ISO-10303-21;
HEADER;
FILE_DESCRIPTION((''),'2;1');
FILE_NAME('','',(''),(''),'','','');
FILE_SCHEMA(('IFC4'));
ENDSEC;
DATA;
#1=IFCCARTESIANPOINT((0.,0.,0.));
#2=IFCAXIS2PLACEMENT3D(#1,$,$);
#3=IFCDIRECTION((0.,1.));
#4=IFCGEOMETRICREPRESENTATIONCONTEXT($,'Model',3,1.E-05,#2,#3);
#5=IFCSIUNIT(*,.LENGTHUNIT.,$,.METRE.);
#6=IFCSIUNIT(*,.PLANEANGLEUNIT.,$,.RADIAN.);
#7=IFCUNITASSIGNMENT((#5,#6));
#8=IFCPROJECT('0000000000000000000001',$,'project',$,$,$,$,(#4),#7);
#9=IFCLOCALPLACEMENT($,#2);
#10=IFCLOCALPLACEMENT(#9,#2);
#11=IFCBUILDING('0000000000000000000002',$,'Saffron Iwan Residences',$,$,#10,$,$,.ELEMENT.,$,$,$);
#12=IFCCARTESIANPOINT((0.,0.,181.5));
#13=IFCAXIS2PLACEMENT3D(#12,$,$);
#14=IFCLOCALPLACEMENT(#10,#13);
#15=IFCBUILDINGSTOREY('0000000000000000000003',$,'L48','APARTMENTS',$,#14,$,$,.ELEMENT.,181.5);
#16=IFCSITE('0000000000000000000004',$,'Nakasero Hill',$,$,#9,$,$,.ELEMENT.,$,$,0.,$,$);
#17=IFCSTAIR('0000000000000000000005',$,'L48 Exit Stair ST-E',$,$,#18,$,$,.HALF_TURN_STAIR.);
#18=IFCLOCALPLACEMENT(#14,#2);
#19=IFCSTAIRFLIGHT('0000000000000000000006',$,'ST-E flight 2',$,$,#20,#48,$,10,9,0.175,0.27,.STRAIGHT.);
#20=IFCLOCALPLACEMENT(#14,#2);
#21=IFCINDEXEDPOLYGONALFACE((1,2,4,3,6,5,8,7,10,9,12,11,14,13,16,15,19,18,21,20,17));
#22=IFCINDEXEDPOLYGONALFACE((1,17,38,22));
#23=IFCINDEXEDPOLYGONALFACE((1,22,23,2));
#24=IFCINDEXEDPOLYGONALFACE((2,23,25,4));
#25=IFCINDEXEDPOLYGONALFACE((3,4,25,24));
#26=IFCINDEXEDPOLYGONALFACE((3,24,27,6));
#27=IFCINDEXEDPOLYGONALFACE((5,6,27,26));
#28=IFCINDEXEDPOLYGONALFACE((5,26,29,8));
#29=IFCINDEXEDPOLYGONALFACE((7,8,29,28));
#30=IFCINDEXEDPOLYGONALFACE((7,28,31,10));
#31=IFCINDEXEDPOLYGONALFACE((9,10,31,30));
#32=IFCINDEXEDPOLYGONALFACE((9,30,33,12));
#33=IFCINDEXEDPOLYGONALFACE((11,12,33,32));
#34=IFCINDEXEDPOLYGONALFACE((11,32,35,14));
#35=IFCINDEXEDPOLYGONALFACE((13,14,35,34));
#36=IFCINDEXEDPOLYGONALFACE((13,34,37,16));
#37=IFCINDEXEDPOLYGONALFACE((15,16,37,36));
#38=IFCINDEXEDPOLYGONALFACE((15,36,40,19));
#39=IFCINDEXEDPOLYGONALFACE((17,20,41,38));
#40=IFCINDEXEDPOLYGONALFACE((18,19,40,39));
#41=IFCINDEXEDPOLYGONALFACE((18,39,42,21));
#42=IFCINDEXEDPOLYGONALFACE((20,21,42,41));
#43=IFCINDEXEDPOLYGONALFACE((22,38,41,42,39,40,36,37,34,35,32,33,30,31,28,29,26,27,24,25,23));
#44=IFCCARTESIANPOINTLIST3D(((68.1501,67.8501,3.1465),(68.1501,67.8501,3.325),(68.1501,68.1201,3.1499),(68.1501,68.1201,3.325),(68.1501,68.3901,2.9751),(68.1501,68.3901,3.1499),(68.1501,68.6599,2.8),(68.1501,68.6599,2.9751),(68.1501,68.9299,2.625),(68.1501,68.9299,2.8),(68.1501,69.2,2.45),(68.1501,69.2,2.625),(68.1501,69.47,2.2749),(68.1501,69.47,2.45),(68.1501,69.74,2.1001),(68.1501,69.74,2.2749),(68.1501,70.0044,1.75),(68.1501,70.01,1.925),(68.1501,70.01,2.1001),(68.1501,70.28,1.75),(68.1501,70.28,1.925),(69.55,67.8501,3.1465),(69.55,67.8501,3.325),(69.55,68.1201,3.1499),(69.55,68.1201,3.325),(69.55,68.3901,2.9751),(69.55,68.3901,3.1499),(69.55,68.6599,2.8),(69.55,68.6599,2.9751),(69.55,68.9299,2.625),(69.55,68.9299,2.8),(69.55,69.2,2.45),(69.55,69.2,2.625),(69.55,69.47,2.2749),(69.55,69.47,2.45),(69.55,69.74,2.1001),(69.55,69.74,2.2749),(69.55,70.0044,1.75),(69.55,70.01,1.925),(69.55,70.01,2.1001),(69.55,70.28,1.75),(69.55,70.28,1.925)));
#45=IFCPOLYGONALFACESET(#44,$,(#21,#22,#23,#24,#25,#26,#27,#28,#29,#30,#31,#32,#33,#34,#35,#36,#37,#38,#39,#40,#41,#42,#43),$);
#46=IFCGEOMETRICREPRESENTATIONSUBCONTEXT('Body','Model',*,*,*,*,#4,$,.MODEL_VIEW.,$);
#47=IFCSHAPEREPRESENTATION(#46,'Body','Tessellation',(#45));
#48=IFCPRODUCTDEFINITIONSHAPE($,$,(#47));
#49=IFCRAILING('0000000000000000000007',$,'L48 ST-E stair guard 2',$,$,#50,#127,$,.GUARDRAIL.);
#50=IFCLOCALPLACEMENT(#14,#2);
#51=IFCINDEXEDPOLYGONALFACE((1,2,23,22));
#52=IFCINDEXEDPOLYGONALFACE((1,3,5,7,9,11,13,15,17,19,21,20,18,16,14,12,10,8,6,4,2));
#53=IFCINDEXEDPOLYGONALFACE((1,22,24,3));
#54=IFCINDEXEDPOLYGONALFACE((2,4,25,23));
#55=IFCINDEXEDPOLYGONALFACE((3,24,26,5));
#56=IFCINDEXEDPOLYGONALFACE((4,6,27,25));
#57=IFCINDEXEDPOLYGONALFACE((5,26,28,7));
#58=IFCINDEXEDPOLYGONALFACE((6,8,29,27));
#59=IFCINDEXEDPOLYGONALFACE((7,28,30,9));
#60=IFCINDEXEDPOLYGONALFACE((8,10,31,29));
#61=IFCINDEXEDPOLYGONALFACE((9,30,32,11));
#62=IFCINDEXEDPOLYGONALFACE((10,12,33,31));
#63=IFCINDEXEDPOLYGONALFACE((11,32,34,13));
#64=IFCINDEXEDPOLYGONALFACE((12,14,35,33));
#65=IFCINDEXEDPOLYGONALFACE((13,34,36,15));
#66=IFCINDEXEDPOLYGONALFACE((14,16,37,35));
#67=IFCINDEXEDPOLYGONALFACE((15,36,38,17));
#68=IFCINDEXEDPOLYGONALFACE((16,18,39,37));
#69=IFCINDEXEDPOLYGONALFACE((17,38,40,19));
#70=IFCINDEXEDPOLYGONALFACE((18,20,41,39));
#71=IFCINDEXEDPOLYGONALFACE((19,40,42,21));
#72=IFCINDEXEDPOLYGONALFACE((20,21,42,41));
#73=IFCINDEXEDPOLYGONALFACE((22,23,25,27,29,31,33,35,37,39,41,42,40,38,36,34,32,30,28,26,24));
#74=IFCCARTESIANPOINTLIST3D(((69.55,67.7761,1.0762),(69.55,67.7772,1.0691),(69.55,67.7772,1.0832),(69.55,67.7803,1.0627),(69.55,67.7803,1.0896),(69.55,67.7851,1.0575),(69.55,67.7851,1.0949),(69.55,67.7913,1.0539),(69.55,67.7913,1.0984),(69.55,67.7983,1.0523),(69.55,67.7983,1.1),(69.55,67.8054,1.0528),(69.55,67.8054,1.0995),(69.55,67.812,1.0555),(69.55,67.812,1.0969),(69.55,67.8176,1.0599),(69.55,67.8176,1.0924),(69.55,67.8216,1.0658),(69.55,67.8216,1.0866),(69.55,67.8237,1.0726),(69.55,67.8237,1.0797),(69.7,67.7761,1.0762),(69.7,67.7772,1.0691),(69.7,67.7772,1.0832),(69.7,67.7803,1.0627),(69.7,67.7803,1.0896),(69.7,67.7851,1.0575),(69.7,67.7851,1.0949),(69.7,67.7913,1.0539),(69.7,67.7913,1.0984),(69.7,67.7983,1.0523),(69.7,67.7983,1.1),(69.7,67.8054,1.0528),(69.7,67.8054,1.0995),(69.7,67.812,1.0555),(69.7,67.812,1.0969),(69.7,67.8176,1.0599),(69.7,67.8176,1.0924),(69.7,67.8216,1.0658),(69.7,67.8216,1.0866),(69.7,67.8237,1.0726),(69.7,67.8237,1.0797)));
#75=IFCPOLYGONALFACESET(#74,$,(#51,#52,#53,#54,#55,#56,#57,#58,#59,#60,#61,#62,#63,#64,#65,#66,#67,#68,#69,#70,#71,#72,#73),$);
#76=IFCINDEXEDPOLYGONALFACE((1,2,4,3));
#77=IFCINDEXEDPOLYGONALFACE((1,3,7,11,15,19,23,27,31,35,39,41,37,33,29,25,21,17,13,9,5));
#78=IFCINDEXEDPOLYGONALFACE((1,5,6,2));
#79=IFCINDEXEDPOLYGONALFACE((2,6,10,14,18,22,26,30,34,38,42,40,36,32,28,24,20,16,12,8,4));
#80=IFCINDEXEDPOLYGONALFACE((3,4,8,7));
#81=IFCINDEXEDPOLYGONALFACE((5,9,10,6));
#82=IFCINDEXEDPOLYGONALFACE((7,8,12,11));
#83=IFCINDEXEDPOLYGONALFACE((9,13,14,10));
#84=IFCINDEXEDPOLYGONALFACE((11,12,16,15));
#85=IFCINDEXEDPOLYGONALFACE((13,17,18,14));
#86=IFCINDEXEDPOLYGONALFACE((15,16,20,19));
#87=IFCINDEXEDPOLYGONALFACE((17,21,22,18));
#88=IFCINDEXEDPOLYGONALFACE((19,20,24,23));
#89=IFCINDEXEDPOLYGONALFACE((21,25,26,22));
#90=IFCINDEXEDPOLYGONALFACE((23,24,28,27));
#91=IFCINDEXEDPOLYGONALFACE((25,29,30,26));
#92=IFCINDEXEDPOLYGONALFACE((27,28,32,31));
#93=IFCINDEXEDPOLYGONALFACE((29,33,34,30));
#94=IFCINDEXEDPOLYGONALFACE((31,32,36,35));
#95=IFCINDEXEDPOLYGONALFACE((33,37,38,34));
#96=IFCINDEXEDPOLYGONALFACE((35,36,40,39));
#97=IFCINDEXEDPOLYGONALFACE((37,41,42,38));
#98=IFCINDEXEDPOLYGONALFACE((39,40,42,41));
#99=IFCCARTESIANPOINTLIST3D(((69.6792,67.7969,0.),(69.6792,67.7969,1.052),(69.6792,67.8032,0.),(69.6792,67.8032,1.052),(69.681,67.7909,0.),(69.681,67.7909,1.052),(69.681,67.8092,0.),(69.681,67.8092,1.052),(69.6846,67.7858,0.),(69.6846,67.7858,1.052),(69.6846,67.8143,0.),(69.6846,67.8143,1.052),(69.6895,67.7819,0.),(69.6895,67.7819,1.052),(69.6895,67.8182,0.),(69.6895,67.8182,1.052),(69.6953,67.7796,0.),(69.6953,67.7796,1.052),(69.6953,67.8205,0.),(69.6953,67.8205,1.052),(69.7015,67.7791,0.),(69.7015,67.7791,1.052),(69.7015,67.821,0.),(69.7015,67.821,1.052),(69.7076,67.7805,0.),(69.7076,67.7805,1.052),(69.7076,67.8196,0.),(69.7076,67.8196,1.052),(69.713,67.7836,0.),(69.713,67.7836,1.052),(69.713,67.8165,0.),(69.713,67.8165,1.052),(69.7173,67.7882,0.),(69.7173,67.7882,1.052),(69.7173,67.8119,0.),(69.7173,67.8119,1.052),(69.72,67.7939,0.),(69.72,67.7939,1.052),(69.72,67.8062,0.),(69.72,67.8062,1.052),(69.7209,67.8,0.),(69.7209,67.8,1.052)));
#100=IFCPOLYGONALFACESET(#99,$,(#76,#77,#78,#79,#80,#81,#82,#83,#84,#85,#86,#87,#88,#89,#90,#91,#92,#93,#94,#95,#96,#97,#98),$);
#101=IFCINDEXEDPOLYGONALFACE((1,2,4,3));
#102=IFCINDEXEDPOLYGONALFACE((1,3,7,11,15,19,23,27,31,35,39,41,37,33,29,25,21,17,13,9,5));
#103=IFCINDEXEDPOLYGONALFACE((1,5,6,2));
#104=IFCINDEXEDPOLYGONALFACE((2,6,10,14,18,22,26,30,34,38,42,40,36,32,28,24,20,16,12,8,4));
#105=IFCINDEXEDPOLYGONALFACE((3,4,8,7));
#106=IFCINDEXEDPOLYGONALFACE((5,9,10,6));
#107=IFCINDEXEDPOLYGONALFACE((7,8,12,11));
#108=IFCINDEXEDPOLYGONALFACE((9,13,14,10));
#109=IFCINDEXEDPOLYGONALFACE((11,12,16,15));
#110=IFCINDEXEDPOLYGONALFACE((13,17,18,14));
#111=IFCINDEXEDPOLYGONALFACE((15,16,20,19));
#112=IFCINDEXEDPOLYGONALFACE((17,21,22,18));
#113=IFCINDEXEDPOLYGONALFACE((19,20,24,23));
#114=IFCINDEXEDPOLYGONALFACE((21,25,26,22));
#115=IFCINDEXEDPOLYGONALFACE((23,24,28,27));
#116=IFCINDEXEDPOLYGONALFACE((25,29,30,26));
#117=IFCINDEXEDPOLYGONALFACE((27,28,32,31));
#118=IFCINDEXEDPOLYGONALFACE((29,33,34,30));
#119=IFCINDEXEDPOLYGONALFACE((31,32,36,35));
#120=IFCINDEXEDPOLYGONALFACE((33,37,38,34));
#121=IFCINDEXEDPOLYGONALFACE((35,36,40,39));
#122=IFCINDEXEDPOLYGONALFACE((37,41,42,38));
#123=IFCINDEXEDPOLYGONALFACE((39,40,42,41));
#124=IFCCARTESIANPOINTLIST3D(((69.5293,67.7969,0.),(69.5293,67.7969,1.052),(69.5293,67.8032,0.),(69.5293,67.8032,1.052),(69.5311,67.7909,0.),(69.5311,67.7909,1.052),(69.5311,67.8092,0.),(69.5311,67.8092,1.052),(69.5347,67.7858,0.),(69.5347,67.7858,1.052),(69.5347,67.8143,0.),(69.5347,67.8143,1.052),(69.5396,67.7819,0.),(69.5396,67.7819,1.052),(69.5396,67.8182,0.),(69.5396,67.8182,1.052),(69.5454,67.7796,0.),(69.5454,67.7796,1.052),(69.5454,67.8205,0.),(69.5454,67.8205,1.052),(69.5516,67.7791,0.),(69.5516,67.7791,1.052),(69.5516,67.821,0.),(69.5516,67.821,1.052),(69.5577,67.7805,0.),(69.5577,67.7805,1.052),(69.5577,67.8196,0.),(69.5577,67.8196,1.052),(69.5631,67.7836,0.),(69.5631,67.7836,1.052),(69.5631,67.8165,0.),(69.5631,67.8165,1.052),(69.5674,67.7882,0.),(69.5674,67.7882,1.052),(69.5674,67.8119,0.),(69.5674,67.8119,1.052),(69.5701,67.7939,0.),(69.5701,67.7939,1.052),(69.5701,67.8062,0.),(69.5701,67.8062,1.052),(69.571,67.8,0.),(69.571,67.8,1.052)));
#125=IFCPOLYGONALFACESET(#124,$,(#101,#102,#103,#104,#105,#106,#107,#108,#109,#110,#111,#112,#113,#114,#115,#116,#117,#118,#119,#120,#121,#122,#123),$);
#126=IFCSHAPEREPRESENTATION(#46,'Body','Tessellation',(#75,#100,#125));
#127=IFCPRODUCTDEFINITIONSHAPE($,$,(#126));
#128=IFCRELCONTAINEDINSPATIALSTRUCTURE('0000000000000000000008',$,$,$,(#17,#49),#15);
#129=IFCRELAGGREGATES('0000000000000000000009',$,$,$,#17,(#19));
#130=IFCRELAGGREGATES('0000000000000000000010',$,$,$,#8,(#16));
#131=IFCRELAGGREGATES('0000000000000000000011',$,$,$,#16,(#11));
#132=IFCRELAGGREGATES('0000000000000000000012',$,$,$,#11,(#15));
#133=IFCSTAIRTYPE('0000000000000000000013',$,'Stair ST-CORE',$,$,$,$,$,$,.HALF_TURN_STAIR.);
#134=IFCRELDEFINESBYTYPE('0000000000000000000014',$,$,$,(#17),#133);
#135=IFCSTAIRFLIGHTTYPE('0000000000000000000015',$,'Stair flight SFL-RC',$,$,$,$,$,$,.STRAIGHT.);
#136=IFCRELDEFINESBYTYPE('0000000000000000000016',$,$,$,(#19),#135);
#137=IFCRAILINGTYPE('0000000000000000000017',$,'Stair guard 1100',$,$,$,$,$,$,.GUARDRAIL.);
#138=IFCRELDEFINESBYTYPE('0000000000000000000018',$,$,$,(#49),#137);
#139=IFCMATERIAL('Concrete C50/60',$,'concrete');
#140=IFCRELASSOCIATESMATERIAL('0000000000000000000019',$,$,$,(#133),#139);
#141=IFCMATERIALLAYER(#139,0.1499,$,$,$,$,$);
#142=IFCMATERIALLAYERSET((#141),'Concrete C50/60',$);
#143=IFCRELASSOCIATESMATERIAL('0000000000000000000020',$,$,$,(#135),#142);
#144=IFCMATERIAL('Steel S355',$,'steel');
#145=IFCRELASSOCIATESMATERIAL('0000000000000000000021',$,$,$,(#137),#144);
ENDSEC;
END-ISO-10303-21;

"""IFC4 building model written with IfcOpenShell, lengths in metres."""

from ifc_helpers import new_model, si_unit, direction, frame, origin, origin_2d, place, context, subcontext, project, spatial, polyline, circle, outline, extrude, material, layer, layer_set, type_object, element, aggregate, save


model = new_model("IFC4")

# Units and contexts
model_context = context("Model", 3, precision=1e-05, world=origin(), true_north=direction((0.0, 1.0)))
body_context = subcontext(model_context, "Body", "Model", "MODEL_VIEW")
ifc_project = project(units=[si_unit("LENGTHUNIT", "METRE"), si_unit("PLANEANGLEUNIT", "RADIAN")], contexts=[model_context])

# Site, building, storey
site_placement = place(None, origin())
site = spatial("IfcSite", under=ifc_project, at=site_placement, Name="Nakasero Hill", CompositionType="ELEMENT", RefElevation=0.0)
building_placement = place(site_placement, origin())
building = spatial("IfcBuilding", under=site, at=building_placement, Name="Saffron Iwan Residences", CompositionType="ELEMENT")
storey_placement = place(building_placement, frame((0.0, 0.0, 181.5)))
storey = spatial("IfcBuildingStorey", under=building, at=storey_placement, Name="L48", Description="APARTMENTS", CompositionType="ELEMENT", Elevation=181.5)

# Shared definitions
ifc_material_1 = material(Name="Concrete C50/60", Category="concrete")

# Stair, stair flight
stair_type = type_object("IfcStairType", Name="Stair ST-CORE", PredefinedType="HALF_TURN_STAIR", material=ifc_material_1)
stair_placement = place(storey_placement, origin())
stair = element("IfcStair", 1, at=stair_placement, inside=storey, type_object=stair_type, Name="L48 Exit Stair ST-E", PredefinedType="HALF_TURN_STAIR")
ifc_layer_1 = layer(ifc_material_1, 0.1499)
ifc_layer_set_1 = layer_set([ifc_layer_1], Name="Concrete C50/60")
stair_flight_type = type_object("IfcStairFlightType", Name="Stair flight SFL-RC", PredefinedType="STRAIGHT", material=ifc_layer_set_1)
stair_flight_1_placement = place(storey_placement, frame((68.8501, 70.28, 1.75), z_axis=(0.0, 0.0, 1.0), x_axis=(0.0, -1.0, 0.0)))
stair_flight_1 = element("IfcStairFlight", 2, at=stair_flight_1_placement, type_object=stair_flight_type, Name="ST-E flight 2", NumberOfRisers=10, NumberOfTreads=9, PredefinedType="STRAIGHT", RiserHeight=0.175, TreadLength=0.27, context=body_context, shape_type="SweptSolid", body=[
    extrude(outline(polyline([(0.0, 0.0), (0.0, 0.175), (0.27, 0.175), (0.27, 0.3501), (0.54, 0.3501), (0.54, 0.5249), (0.8101, 0.5249), (0.8101, 0.7), (1.0801, 0.7), (1.0801, 0.875), (1.3501, 0.875), (1.3501, 1.05), (1.6201, 1.05), (1.6201, 1.2251), (1.8899, 1.2251), (1.8899, 1.3999), (2.1599, 1.3999), (2.1599, 1.575), (2.4299, 1.575), (2.4299, 1.75), (2.4299, 1.3965), (0.2756, 0.0), (0.0, 0.0)])), frame((0.0, 0.7, 0.0), z_axis=(0.0, -1.0, 0.0), x_axis=(1.0, 0.0, 0.0)), (0.0, 0.0, 1.0), 1.3999),
])
aggregate(stair, [stair_flight_1])

# Railing
ifc_material_2 = material(Name="Steel S355", Category="steel")
railing_type_1 = type_object("IfcRailingType", Name="Stair guard 1100", PredefinedType="GUARDRAIL", material=ifc_material_2)
railing_1_placement = place(storey_placement, frame((69.7, 67.8, 0.0)))
element("IfcRailing", 3, at=railing_1_placement, inside=storey, type_object=railing_type_1, Name="L48 ST-E stair guard 2", PredefinedType="GUARDRAIL", context=body_context, shape_type="SweptSolid", body=[
    extrude(circle(Radius=0.0239, at=origin_2d()), frame((0.0, 0.0, 1.0762), z_axis=(-1.0, 0.0, 0.0), x_axis=(0.0, -1.0, 0.0)), (0.0, 0.0, 1.0), 0.1499),
    extrude(circle(Radius=0.021, at=origin_2d()), origin(), (0.0, 0.0, 1.0), 1.052),
    extrude(circle(Radius=0.021, at=origin_2d()), frame((-0.1499, 0.0, 0.0)), (0.0, 0.0, 1.0), 1.052),
])

save(model, "model.ifc")
